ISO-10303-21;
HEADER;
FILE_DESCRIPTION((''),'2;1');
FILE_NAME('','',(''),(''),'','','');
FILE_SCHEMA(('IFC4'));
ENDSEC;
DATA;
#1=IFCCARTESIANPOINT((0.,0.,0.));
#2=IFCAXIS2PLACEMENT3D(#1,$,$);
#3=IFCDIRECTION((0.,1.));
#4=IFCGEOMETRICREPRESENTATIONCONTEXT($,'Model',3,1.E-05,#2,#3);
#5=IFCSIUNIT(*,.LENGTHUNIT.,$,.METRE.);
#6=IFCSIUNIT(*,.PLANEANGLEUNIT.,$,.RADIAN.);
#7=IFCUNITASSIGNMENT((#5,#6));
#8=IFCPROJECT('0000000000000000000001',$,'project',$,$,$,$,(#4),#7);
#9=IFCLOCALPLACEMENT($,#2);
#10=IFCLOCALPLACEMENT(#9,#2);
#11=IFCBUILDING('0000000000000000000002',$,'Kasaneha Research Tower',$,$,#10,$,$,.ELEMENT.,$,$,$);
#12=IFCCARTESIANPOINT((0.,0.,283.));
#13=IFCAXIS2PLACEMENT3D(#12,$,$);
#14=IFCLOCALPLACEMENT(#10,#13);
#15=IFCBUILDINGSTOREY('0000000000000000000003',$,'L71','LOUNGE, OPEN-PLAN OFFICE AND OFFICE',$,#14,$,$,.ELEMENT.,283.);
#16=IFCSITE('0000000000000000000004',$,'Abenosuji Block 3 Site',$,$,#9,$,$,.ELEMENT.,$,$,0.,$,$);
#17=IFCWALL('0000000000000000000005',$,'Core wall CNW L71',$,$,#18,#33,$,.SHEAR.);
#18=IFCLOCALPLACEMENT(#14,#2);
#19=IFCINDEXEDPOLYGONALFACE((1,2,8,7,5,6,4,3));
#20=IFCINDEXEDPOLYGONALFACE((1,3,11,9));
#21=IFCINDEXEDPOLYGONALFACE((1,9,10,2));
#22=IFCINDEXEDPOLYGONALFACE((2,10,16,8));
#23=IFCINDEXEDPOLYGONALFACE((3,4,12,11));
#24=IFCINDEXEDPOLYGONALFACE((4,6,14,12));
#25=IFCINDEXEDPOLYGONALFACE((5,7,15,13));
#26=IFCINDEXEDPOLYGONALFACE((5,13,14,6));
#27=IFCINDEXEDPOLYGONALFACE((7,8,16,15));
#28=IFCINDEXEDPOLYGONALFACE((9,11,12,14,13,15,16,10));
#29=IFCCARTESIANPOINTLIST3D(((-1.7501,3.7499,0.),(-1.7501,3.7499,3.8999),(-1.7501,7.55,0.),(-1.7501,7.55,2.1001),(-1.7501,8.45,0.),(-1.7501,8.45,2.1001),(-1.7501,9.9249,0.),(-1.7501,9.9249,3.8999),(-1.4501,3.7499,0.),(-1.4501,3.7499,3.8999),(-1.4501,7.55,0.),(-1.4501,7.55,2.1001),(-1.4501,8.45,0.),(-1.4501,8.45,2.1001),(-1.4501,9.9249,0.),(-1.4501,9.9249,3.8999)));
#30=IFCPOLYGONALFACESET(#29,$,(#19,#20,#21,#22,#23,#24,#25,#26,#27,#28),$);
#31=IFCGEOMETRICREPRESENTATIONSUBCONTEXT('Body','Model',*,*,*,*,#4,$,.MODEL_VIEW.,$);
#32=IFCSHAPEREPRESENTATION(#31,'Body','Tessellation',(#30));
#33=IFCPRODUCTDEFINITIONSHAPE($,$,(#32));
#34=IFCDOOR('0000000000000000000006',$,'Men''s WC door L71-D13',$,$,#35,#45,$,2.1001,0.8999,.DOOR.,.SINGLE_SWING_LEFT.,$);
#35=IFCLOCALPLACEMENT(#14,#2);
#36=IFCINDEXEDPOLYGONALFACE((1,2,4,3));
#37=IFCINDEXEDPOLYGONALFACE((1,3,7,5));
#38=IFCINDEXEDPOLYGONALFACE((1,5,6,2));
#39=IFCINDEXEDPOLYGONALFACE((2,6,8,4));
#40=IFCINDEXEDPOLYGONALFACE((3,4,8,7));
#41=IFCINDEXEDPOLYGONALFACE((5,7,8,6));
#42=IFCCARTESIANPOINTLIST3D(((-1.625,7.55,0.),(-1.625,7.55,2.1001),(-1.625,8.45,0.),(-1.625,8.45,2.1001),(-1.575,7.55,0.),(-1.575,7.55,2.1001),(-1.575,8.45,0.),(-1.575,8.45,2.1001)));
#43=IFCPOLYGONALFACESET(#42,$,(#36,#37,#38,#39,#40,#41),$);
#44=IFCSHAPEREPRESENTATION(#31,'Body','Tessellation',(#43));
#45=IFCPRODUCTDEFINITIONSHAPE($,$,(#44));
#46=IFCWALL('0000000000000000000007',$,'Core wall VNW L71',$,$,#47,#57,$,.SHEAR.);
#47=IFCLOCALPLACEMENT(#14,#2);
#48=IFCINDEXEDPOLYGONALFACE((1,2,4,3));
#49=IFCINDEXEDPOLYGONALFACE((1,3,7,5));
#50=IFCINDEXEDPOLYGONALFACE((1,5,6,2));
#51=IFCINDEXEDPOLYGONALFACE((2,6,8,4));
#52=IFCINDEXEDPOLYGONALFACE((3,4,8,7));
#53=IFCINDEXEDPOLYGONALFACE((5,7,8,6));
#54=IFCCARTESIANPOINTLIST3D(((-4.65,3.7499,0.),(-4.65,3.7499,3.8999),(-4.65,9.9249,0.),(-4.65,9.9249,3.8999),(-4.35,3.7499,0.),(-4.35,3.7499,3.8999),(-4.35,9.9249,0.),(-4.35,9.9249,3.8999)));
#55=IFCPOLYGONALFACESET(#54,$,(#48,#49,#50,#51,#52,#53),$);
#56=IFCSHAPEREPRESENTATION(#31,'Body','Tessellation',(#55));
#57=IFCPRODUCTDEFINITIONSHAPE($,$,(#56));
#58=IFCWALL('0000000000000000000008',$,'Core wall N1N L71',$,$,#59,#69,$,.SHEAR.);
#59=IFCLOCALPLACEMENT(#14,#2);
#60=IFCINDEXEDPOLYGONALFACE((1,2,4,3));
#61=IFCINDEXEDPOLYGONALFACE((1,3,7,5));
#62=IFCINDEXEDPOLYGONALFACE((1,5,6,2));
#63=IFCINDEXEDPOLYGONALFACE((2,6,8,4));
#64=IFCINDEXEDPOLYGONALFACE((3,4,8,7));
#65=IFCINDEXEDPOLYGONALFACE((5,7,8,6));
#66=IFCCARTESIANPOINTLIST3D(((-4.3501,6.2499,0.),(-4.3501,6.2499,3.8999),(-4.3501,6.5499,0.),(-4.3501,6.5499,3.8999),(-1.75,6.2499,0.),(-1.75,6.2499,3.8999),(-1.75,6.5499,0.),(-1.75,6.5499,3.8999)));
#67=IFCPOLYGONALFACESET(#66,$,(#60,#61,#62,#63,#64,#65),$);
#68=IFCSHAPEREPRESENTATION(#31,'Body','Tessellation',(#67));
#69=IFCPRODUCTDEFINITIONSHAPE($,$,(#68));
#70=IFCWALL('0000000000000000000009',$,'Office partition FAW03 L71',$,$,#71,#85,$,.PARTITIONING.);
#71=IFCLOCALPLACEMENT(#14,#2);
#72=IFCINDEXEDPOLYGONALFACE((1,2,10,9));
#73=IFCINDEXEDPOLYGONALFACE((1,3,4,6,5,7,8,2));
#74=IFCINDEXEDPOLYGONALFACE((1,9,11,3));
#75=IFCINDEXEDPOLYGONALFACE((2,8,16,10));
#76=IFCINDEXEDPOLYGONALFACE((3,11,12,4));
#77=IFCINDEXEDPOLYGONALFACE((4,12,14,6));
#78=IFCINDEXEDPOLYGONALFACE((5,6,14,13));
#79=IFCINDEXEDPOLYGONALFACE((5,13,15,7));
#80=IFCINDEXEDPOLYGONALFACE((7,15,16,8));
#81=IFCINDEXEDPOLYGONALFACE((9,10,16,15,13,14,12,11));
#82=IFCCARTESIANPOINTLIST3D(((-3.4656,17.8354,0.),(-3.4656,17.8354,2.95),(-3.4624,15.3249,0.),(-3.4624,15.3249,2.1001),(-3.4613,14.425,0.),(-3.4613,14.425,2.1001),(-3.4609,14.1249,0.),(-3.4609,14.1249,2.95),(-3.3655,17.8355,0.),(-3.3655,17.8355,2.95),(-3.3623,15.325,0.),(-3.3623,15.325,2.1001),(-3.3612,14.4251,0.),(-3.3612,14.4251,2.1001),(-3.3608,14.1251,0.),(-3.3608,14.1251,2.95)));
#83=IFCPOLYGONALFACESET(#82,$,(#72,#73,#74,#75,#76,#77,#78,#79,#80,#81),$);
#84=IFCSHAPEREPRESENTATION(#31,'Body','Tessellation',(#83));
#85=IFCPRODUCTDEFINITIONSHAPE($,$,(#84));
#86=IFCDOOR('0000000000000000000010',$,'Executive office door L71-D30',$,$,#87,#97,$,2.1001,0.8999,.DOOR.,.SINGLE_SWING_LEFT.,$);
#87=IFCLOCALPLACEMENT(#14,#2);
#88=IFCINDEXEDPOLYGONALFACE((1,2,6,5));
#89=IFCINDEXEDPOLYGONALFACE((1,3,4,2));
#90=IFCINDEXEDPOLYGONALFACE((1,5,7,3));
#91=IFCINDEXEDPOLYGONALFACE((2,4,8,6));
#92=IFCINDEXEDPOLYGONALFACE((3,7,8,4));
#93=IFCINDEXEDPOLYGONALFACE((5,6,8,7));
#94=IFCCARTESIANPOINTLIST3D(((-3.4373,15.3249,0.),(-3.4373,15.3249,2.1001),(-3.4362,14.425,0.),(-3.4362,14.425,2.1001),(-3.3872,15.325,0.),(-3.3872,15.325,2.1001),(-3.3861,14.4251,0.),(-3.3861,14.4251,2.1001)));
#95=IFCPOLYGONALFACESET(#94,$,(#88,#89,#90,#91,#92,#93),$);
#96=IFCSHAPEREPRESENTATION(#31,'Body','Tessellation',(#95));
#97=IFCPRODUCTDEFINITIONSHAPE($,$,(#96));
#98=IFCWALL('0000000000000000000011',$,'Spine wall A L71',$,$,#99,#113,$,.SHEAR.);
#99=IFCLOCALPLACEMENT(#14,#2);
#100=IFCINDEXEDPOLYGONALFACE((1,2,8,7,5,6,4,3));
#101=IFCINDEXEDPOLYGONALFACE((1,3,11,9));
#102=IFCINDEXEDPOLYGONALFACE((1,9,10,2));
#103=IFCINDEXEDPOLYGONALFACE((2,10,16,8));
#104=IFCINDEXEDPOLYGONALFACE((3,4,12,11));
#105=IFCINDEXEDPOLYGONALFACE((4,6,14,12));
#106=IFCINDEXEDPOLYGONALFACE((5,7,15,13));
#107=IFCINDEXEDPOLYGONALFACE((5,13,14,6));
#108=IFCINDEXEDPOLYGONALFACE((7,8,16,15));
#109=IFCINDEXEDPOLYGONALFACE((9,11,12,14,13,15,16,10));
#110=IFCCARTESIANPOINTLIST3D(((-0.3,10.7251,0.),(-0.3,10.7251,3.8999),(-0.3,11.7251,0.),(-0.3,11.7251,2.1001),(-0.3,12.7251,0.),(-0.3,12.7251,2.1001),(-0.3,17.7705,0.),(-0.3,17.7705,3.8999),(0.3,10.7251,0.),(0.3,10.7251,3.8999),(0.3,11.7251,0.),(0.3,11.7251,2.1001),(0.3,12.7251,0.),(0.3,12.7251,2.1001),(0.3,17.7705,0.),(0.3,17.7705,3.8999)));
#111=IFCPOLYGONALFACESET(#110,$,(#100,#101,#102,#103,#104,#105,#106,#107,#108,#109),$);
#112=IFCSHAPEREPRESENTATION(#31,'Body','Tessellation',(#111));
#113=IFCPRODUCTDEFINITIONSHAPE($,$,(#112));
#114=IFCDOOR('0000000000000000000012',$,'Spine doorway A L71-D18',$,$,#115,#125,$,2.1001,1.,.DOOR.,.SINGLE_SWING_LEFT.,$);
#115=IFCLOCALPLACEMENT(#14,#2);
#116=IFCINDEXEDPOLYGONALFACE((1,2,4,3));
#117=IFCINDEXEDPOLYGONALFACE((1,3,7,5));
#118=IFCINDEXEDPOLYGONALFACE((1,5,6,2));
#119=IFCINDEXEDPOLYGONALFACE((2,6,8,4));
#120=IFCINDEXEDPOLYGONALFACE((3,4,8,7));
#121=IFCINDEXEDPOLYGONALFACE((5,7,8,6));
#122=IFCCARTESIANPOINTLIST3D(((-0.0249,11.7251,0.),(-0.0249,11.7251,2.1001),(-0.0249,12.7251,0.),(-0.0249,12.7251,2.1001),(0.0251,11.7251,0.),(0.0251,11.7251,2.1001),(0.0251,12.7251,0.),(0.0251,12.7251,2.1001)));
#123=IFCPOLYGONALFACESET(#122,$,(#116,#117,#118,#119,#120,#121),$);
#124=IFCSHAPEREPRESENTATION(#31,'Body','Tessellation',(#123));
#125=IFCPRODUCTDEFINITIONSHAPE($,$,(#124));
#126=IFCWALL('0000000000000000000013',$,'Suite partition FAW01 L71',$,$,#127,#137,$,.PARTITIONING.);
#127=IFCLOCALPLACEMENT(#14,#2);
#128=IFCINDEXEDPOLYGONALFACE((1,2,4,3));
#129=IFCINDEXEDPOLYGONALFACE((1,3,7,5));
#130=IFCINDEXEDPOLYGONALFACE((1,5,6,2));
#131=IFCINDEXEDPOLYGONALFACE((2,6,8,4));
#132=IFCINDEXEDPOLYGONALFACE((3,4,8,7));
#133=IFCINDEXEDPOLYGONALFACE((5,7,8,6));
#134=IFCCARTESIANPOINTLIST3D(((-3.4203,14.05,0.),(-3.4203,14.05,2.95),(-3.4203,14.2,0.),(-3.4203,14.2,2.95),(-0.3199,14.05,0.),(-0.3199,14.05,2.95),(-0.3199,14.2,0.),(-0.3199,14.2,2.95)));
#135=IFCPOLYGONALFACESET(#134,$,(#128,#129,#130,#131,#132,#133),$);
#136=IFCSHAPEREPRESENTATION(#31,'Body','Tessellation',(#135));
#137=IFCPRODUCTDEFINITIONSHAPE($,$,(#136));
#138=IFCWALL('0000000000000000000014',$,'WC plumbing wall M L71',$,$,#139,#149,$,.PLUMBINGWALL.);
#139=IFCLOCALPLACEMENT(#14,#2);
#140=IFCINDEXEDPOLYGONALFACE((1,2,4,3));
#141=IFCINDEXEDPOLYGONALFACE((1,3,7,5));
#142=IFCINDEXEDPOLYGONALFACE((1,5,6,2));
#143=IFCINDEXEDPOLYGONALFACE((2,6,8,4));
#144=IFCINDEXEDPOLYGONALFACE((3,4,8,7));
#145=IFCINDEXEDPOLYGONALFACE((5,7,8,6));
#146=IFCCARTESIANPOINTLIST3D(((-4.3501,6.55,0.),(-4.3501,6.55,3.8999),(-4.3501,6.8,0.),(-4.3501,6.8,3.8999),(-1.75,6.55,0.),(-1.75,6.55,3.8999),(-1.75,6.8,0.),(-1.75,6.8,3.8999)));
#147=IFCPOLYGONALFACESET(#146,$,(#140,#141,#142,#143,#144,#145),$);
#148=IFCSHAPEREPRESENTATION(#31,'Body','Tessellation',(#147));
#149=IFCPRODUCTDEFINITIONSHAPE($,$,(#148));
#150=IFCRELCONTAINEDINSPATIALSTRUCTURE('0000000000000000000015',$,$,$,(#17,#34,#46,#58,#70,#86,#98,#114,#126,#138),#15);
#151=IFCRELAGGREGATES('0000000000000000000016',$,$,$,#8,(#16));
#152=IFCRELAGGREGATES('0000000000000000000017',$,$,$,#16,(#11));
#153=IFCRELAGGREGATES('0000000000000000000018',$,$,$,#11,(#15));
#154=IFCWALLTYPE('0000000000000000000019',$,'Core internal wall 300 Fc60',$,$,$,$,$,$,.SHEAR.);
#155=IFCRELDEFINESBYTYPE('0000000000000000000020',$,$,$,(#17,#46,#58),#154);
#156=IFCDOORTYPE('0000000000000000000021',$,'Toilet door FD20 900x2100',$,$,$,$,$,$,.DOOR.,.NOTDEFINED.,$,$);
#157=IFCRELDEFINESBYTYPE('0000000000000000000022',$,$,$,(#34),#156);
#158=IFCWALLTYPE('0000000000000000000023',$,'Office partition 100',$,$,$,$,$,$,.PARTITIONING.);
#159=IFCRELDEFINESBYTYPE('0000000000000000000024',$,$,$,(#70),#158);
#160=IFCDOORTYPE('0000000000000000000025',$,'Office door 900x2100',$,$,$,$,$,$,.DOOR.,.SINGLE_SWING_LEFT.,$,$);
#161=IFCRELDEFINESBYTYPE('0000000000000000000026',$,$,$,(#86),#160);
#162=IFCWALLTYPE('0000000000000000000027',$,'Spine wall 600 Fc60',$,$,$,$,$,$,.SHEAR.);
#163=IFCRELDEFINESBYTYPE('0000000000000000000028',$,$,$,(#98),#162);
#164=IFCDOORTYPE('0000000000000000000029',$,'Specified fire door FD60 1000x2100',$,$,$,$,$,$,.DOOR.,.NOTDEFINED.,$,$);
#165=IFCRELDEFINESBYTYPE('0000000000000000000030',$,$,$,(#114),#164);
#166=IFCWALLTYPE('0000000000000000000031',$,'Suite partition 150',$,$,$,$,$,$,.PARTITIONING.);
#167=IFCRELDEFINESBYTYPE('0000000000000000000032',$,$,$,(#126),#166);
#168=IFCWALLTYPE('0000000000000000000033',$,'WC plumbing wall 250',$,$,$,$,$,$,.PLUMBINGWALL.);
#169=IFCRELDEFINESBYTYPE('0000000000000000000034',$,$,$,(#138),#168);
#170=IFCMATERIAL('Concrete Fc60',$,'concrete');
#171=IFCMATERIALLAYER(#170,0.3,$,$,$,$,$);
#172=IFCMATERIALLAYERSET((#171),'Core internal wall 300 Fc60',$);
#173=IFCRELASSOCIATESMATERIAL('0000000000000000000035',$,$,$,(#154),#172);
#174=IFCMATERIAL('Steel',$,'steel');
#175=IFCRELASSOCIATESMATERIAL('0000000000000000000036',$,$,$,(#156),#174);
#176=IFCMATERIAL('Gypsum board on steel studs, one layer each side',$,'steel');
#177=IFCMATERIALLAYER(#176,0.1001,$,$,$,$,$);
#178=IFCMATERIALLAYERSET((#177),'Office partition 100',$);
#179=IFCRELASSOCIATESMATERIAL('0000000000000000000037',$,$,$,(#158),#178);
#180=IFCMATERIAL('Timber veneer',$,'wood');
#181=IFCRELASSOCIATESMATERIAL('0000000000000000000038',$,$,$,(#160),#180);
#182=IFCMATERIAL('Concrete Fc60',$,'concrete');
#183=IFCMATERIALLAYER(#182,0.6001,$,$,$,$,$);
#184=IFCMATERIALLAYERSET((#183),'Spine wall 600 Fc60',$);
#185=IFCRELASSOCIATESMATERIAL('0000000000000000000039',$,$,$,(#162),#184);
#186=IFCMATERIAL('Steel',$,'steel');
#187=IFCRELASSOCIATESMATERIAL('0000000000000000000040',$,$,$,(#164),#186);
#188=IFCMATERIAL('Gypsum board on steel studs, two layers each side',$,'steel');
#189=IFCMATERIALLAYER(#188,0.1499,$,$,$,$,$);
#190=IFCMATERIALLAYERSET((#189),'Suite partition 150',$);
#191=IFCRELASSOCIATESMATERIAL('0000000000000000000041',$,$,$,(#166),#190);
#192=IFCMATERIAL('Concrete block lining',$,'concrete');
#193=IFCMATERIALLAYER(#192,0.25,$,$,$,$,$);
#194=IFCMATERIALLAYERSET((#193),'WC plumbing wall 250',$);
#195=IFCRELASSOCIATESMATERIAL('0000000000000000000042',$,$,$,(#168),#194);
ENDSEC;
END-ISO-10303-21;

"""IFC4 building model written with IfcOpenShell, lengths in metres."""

from ifc_helpers import new_model, si_unit, direction, frame, frame_2d, origin, place, context, subcontext, project, spatial, rectangle, extrude, material, layer, layer_set, type_object, element, fill, save


model = new_model("IFC4")

# Units and contexts
model_context = context("Model", 3, precision=1e-05, world=origin(), true_north=direction((0.0, 1.0)))
body_context = subcontext(model_context, "Body", "Model", "MODEL_VIEW")
ifc_project = project(units=[si_unit("LENGTHUNIT", "METRE"), si_unit("PLANEANGLEUNIT", "RADIAN")], contexts=[model_context])

# Site, building, storey
site_placement = place(None, origin())
site = spatial("IfcSite", under=ifc_project, at=site_placement, Name="Abenosuji Block 3 Site", CompositionType="ELEMENT", RefElevation=0.0)
building_placement = place(site_placement, origin())
building = spatial("IfcBuilding", under=site, at=building_placement, Name="Kasaneha Research Tower", CompositionType="ELEMENT")
storey_placement = place(building_placement, frame((0.0, 0.0, 283.0)))
storey = spatial("IfcBuildingStorey", under=building, at=storey_placement, Name="L71", Description="LOUNGE, OPEN-PLAN OFFICE AND OFFICE", CompositionType="ELEMENT", Elevation=283.0)

# Wall, opening, door
ifc_material_1 = material(Name="Concrete Fc60", Category="concrete")
ifc_layer_1 = layer(ifc_material_1, 0.3)
ifc_layer_set_1 = layer_set([ifc_layer_1], Name="Core internal wall 300 Fc60")
wall_type_1 = type_object("IfcWallType", Name="Core internal wall 300 Fc60", PredefinedType="SHEAR", material=ifc_layer_set_1)
wall_1_placement = place(storey_placement, frame((-1.6001, 3.75, 0.0), z_axis=(0.0, 0.0, 1.0), x_axis=(0.0, 1.0, 0.0)))
wall_1 = element("IfcWall", 1, at=wall_1_placement, inside=storey, type_object=wall_type_1, Name="Core wall CNW L71", PredefinedType="SHEAR", context=body_context, shape_type="SweptSolid", body=[
    extrude(rectangle(XDim=6.175, YDim=0.3, at=frame_2d((3.0874, 0.0))), origin(), (0.0, 0.0, 1.0), 3.8999),
])
opening_1_placement = place(wall_1_placement, frame((3.8, 0.0, 0.0)))
opening_1 = element("IfcOpeningElement", 2, at=opening_1_placement, cuts=wall_1, PredefinedType="OPENING", context=body_context, shape_type="SweptSolid", body=[
    extrude(rectangle(XDim=0.8999, YDim=2.1001, at=frame_2d((0.45, 1.05))), frame((0.0, 0.1602, 0.0), z_axis=(0.0, -1.0, 0.0), x_axis=(1.0, 0.0, 0.0)), (0.0, 0.0, 1.0), 0.3201),
])
ifc_material_2 = material(Name="Steel", Category="steel")
door_type_1 = type_object("IfcDoorType", Name="Toilet door FD20 900x2100", OperationType="NOTDEFINED", PredefinedType="DOOR", material=ifc_material_2)
door_1_placement = place(opening_1_placement, origin())
door_1 = element("IfcDoor", 3, at=door_1_placement, inside=storey, type_object=door_type_1, Name="Men's WC door L71-D13", OperationType="SINGLE_SWING_LEFT", OverallHeight=2.1001, OverallWidth=0.8999, PredefinedType="DOOR", context=body_context, shape_type="SweptSolid", body=[
    extrude(rectangle(XDim=0.8999, YDim=2.1001, at=frame_2d((0.45, 1.05))), frame((0.0, 0.0249, 0.0), z_axis=(0.0, -1.0, 0.0), x_axis=(1.0, 0.0, 0.0)), (0.0, 0.0, 1.0), 0.05),
])
fill(opening_1, door_1)

# Walls
wall_2_placement = place(storey_placement, frame((-4.5, 3.75, 0.0), z_axis=(0.0, 0.0, 1.0), x_axis=(0.0, 1.0, 0.0)))
element("IfcWall", 4, at=wall_2_placement, inside=storey, type_object=wall_type_1, Name="Core wall VNW L71", PredefinedType="SHEAR", context=body_context, shape_type="SweptSolid", body=[
    extrude(rectangle(XDim=6.175, YDim=0.3, at=frame_2d((3.0874, 0.0))), origin(), (0.0, 0.0, 1.0), 3.8999),
])
wall_3_placement = place(storey_placement, frame((-4.3501, 6.3999, 0.0), z_axis=(0.0, 0.0, 1.0), x_axis=(1.0, 0.0, 0.0)))
element("IfcWall", 5, at=wall_3_placement, inside=storey, type_object=wall_type_1, Name="Core wall N1N L71", PredefinedType="SHEAR", context=body_context, shape_type="SweptSolid", body=[
    extrude(rectangle(XDim=2.6001, YDim=0.3, at=frame_2d((1.3, 0.0))), origin(), (0.0, 0.0, 1.0), 3.8999),
])

# Walls, openings, doors
ifc_material_3 = material(Name="Gypsum board on steel studs, one layer each side", Category="steel")
ifc_layer_2 = layer(ifc_material_3, 0.1001)
ifc_layer_set_2 = layer_set([ifc_layer_2], Name="Office partition 100")
wall_type_2 = type_object("IfcWallType", Name="Office partition 100", PredefinedType="PARTITIONING", material=ifc_layer_set_2)
wall_4_placement = place(storey_placement, frame((-3.4109, 14.125, 0.0), z_axis=(0.0, 0.0, 1.0), x_axis=(-0.00125, 0.999999, 0.0)))
wall_4 = element("IfcWall", 6, at=wall_4_placement, inside=storey, type_object=wall_type_2, Name="Office partition FAW03 L71", PredefinedType="PARTITIONING", context=body_context, shape_type="SweptSolid", body=[
    extrude(rectangle(XDim=3.7104, YDim=0.1001, at=frame_2d((1.8552, 0.0))), origin(), (0.0, 0.0, 1.0), 2.95),
])
opening_2_placement = place(wall_4_placement, frame((0.3, 0.0, 0.0)))
opening_2 = element("IfcOpeningElement", 7, at=opening_2_placement, cuts=wall_4, PredefinedType="OPENING", context=body_context, shape_type="SweptSolid", body=[
    extrude(rectangle(XDim=0.8999, YDim=2.1001, at=frame_2d((0.45, 1.05))), frame((0.0, 0.0601, 0.0), z_axis=(0.0, -1.0, 0.0), x_axis=(1.0, 0.0, 0.0)), (0.0, 0.0, 1.0), 0.1201),
])
ifc_material_4 = material(Name="Timber veneer", Category="wood")
door_type_2 = type_object("IfcDoorType", Name="Office door 900x2100", OperationType="SINGLE_SWING_LEFT", PredefinedType="DOOR", material=ifc_material_4)
door_2_placement = place(opening_2_placement, origin())
door_2 = element("IfcDoor", 8, at=door_2_placement, inside=storey, type_object=door_type_2, Name="Executive office door L71-D30", OperationType="SINGLE_SWING_LEFT", OverallHeight=2.1001, OverallWidth=0.8999, PredefinedType="DOOR", context=body_context, shape_type="SweptSolid", body=[
    extrude(rectangle(XDim=0.8999, YDim=2.1001, at=frame_2d((0.45, 1.05))), frame((0.0, 0.0249, 0.0), z_axis=(0.0, -1.0, 0.0), x_axis=(1.0, 0.0, 0.0)), (0.0, 0.0, 1.0), 0.05),
])
fill(opening_2, door_2)
ifc_material_5 = material(Name="Concrete Fc60", Category="concrete")
ifc_layer_3 = layer(ifc_material_5, 0.6001)
ifc_layer_set_3 = layer_set([ifc_layer_3], Name="Spine wall 600 Fc60")
wall_type_3 = type_object("IfcWallType", Name="Spine wall 600 Fc60", PredefinedType="SHEAR", material=ifc_layer_set_3)
wall_5_placement = place(storey_placement, frame((0.0, 10.7251, 0.0), z_axis=(0.0, 0.0, 1.0), x_axis=(0.0, 1.0, 0.0)))
wall_5 = element("IfcWall", 9, at=wall_5_placement, inside=storey, type_object=wall_type_3, Name="Spine wall A L71", PredefinedType="SHEAR", context=body_context, shape_type="SweptSolid", body=[
    extrude(rectangle(XDim=7.0454, YDim=0.6001, at=frame_2d((3.5227, 0.0))), origin(), (0.0, 0.0, 1.0), 3.8999),
])
opening_3_placement = place(wall_5_placement, frame((1.0, 0.0, 0.0)))
opening_3 = element("IfcOpeningElement", 10, at=opening_3_placement, cuts=wall_5, PredefinedType="OPENING", context=body_context, shape_type="SweptSolid", body=[
    extrude(rectangle(XDim=1.0, YDim=2.1001, at=frame_2d((0.5, 1.05))), frame((0.0, 0.3101, 0.0), z_axis=(0.0, -1.0, 0.0), x_axis=(1.0, 0.0, 0.0)), (0.0, 0.0, 1.0), 0.6201),
])
ifc_material_6 = material(Name="Steel", Category="steel")
door_type_3 = type_object("IfcDoorType", Name="Specified fire door FD60 1000x2100", OperationType="NOTDEFINED", PredefinedType="DOOR", material=ifc_material_6)
door_3_placement = place(opening_3_placement, origin())
door_3 = element("IfcDoor", 11, at=door_3_placement, inside=storey, type_object=door_type_3, Name="Spine doorway A L71-D18", OperationType="SINGLE_SWING_LEFT", OverallHeight=2.1001, OverallWidth=1.0, PredefinedType="DOOR", context=body_context, shape_type="SweptSolid", body=[
    extrude(rectangle(XDim=1.0, YDim=2.1001, at=frame_2d((0.5, 1.05))), frame((0.0, 0.0249, 0.0), z_axis=(0.0, -1.0, 0.0), x_axis=(1.0, 0.0, 0.0)), (0.0, 0.0, 1.0), 0.05),
])
fill(opening_3, door_3)

# Walls
ifc_material_7 = material(Name="Gypsum board on steel studs, two layers each side", Category="steel")
ifc_layer_4 = layer(ifc_material_7, 0.1499)
ifc_layer_set_4 = layer_set([ifc_layer_4], Name="Suite partition 150")
wall_type_4 = type_object("IfcWallType", Name="Suite partition 150", PredefinedType="PARTITIONING", material=ifc_layer_set_4)
wall_6_placement = place(storey_placement, frame((-3.4204, 14.125, 0.0), z_axis=(0.0, 0.0, 1.0), x_axis=(1.0, 0.0, 0.0)))
element("IfcWall", 12, at=wall_6_placement, inside=storey, type_object=wall_type_4, Name="Suite partition FAW01 L71", PredefinedType="PARTITIONING", context=body_context, shape_type="SweptSolid", body=[
    extrude(rectangle(XDim=3.1003, YDim=0.1499, at=frame_2d((1.5503, 0.0))), origin(), (0.0, 0.0, 1.0), 2.95),
])
ifc_material_8 = material(Name="Concrete block lining", Category="concrete")
ifc_layer_5 = layer(ifc_material_8, 0.25)
ifc_layer_set_5 = layer_set([ifc_layer_5], Name="WC plumbing wall 250")
wall_type_5 = type_object("IfcWallType", Name="WC plumbing wall 250", PredefinedType="PLUMBINGWALL", material=ifc_layer_set_5)
wall_7_placement = place(storey_placement, frame((-4.3501, 6.675, 0.0), z_axis=(0.0, 0.0, 1.0), x_axis=(1.0, 0.0, 0.0)))
element("IfcWall", 13, at=wall_7_placement, inside=storey, type_object=wall_type_5, Name="WC plumbing wall M L71", PredefinedType="PLUMBINGWALL", context=body_context, shape_type="SweptSolid", body=[
    extrude(rectangle(XDim=2.6001, YDim=0.25, at=frame_2d((1.3, 0.0))), origin(), (0.0, 0.0, 1.0), 3.8999),
])

save(model, "model.ifc")
